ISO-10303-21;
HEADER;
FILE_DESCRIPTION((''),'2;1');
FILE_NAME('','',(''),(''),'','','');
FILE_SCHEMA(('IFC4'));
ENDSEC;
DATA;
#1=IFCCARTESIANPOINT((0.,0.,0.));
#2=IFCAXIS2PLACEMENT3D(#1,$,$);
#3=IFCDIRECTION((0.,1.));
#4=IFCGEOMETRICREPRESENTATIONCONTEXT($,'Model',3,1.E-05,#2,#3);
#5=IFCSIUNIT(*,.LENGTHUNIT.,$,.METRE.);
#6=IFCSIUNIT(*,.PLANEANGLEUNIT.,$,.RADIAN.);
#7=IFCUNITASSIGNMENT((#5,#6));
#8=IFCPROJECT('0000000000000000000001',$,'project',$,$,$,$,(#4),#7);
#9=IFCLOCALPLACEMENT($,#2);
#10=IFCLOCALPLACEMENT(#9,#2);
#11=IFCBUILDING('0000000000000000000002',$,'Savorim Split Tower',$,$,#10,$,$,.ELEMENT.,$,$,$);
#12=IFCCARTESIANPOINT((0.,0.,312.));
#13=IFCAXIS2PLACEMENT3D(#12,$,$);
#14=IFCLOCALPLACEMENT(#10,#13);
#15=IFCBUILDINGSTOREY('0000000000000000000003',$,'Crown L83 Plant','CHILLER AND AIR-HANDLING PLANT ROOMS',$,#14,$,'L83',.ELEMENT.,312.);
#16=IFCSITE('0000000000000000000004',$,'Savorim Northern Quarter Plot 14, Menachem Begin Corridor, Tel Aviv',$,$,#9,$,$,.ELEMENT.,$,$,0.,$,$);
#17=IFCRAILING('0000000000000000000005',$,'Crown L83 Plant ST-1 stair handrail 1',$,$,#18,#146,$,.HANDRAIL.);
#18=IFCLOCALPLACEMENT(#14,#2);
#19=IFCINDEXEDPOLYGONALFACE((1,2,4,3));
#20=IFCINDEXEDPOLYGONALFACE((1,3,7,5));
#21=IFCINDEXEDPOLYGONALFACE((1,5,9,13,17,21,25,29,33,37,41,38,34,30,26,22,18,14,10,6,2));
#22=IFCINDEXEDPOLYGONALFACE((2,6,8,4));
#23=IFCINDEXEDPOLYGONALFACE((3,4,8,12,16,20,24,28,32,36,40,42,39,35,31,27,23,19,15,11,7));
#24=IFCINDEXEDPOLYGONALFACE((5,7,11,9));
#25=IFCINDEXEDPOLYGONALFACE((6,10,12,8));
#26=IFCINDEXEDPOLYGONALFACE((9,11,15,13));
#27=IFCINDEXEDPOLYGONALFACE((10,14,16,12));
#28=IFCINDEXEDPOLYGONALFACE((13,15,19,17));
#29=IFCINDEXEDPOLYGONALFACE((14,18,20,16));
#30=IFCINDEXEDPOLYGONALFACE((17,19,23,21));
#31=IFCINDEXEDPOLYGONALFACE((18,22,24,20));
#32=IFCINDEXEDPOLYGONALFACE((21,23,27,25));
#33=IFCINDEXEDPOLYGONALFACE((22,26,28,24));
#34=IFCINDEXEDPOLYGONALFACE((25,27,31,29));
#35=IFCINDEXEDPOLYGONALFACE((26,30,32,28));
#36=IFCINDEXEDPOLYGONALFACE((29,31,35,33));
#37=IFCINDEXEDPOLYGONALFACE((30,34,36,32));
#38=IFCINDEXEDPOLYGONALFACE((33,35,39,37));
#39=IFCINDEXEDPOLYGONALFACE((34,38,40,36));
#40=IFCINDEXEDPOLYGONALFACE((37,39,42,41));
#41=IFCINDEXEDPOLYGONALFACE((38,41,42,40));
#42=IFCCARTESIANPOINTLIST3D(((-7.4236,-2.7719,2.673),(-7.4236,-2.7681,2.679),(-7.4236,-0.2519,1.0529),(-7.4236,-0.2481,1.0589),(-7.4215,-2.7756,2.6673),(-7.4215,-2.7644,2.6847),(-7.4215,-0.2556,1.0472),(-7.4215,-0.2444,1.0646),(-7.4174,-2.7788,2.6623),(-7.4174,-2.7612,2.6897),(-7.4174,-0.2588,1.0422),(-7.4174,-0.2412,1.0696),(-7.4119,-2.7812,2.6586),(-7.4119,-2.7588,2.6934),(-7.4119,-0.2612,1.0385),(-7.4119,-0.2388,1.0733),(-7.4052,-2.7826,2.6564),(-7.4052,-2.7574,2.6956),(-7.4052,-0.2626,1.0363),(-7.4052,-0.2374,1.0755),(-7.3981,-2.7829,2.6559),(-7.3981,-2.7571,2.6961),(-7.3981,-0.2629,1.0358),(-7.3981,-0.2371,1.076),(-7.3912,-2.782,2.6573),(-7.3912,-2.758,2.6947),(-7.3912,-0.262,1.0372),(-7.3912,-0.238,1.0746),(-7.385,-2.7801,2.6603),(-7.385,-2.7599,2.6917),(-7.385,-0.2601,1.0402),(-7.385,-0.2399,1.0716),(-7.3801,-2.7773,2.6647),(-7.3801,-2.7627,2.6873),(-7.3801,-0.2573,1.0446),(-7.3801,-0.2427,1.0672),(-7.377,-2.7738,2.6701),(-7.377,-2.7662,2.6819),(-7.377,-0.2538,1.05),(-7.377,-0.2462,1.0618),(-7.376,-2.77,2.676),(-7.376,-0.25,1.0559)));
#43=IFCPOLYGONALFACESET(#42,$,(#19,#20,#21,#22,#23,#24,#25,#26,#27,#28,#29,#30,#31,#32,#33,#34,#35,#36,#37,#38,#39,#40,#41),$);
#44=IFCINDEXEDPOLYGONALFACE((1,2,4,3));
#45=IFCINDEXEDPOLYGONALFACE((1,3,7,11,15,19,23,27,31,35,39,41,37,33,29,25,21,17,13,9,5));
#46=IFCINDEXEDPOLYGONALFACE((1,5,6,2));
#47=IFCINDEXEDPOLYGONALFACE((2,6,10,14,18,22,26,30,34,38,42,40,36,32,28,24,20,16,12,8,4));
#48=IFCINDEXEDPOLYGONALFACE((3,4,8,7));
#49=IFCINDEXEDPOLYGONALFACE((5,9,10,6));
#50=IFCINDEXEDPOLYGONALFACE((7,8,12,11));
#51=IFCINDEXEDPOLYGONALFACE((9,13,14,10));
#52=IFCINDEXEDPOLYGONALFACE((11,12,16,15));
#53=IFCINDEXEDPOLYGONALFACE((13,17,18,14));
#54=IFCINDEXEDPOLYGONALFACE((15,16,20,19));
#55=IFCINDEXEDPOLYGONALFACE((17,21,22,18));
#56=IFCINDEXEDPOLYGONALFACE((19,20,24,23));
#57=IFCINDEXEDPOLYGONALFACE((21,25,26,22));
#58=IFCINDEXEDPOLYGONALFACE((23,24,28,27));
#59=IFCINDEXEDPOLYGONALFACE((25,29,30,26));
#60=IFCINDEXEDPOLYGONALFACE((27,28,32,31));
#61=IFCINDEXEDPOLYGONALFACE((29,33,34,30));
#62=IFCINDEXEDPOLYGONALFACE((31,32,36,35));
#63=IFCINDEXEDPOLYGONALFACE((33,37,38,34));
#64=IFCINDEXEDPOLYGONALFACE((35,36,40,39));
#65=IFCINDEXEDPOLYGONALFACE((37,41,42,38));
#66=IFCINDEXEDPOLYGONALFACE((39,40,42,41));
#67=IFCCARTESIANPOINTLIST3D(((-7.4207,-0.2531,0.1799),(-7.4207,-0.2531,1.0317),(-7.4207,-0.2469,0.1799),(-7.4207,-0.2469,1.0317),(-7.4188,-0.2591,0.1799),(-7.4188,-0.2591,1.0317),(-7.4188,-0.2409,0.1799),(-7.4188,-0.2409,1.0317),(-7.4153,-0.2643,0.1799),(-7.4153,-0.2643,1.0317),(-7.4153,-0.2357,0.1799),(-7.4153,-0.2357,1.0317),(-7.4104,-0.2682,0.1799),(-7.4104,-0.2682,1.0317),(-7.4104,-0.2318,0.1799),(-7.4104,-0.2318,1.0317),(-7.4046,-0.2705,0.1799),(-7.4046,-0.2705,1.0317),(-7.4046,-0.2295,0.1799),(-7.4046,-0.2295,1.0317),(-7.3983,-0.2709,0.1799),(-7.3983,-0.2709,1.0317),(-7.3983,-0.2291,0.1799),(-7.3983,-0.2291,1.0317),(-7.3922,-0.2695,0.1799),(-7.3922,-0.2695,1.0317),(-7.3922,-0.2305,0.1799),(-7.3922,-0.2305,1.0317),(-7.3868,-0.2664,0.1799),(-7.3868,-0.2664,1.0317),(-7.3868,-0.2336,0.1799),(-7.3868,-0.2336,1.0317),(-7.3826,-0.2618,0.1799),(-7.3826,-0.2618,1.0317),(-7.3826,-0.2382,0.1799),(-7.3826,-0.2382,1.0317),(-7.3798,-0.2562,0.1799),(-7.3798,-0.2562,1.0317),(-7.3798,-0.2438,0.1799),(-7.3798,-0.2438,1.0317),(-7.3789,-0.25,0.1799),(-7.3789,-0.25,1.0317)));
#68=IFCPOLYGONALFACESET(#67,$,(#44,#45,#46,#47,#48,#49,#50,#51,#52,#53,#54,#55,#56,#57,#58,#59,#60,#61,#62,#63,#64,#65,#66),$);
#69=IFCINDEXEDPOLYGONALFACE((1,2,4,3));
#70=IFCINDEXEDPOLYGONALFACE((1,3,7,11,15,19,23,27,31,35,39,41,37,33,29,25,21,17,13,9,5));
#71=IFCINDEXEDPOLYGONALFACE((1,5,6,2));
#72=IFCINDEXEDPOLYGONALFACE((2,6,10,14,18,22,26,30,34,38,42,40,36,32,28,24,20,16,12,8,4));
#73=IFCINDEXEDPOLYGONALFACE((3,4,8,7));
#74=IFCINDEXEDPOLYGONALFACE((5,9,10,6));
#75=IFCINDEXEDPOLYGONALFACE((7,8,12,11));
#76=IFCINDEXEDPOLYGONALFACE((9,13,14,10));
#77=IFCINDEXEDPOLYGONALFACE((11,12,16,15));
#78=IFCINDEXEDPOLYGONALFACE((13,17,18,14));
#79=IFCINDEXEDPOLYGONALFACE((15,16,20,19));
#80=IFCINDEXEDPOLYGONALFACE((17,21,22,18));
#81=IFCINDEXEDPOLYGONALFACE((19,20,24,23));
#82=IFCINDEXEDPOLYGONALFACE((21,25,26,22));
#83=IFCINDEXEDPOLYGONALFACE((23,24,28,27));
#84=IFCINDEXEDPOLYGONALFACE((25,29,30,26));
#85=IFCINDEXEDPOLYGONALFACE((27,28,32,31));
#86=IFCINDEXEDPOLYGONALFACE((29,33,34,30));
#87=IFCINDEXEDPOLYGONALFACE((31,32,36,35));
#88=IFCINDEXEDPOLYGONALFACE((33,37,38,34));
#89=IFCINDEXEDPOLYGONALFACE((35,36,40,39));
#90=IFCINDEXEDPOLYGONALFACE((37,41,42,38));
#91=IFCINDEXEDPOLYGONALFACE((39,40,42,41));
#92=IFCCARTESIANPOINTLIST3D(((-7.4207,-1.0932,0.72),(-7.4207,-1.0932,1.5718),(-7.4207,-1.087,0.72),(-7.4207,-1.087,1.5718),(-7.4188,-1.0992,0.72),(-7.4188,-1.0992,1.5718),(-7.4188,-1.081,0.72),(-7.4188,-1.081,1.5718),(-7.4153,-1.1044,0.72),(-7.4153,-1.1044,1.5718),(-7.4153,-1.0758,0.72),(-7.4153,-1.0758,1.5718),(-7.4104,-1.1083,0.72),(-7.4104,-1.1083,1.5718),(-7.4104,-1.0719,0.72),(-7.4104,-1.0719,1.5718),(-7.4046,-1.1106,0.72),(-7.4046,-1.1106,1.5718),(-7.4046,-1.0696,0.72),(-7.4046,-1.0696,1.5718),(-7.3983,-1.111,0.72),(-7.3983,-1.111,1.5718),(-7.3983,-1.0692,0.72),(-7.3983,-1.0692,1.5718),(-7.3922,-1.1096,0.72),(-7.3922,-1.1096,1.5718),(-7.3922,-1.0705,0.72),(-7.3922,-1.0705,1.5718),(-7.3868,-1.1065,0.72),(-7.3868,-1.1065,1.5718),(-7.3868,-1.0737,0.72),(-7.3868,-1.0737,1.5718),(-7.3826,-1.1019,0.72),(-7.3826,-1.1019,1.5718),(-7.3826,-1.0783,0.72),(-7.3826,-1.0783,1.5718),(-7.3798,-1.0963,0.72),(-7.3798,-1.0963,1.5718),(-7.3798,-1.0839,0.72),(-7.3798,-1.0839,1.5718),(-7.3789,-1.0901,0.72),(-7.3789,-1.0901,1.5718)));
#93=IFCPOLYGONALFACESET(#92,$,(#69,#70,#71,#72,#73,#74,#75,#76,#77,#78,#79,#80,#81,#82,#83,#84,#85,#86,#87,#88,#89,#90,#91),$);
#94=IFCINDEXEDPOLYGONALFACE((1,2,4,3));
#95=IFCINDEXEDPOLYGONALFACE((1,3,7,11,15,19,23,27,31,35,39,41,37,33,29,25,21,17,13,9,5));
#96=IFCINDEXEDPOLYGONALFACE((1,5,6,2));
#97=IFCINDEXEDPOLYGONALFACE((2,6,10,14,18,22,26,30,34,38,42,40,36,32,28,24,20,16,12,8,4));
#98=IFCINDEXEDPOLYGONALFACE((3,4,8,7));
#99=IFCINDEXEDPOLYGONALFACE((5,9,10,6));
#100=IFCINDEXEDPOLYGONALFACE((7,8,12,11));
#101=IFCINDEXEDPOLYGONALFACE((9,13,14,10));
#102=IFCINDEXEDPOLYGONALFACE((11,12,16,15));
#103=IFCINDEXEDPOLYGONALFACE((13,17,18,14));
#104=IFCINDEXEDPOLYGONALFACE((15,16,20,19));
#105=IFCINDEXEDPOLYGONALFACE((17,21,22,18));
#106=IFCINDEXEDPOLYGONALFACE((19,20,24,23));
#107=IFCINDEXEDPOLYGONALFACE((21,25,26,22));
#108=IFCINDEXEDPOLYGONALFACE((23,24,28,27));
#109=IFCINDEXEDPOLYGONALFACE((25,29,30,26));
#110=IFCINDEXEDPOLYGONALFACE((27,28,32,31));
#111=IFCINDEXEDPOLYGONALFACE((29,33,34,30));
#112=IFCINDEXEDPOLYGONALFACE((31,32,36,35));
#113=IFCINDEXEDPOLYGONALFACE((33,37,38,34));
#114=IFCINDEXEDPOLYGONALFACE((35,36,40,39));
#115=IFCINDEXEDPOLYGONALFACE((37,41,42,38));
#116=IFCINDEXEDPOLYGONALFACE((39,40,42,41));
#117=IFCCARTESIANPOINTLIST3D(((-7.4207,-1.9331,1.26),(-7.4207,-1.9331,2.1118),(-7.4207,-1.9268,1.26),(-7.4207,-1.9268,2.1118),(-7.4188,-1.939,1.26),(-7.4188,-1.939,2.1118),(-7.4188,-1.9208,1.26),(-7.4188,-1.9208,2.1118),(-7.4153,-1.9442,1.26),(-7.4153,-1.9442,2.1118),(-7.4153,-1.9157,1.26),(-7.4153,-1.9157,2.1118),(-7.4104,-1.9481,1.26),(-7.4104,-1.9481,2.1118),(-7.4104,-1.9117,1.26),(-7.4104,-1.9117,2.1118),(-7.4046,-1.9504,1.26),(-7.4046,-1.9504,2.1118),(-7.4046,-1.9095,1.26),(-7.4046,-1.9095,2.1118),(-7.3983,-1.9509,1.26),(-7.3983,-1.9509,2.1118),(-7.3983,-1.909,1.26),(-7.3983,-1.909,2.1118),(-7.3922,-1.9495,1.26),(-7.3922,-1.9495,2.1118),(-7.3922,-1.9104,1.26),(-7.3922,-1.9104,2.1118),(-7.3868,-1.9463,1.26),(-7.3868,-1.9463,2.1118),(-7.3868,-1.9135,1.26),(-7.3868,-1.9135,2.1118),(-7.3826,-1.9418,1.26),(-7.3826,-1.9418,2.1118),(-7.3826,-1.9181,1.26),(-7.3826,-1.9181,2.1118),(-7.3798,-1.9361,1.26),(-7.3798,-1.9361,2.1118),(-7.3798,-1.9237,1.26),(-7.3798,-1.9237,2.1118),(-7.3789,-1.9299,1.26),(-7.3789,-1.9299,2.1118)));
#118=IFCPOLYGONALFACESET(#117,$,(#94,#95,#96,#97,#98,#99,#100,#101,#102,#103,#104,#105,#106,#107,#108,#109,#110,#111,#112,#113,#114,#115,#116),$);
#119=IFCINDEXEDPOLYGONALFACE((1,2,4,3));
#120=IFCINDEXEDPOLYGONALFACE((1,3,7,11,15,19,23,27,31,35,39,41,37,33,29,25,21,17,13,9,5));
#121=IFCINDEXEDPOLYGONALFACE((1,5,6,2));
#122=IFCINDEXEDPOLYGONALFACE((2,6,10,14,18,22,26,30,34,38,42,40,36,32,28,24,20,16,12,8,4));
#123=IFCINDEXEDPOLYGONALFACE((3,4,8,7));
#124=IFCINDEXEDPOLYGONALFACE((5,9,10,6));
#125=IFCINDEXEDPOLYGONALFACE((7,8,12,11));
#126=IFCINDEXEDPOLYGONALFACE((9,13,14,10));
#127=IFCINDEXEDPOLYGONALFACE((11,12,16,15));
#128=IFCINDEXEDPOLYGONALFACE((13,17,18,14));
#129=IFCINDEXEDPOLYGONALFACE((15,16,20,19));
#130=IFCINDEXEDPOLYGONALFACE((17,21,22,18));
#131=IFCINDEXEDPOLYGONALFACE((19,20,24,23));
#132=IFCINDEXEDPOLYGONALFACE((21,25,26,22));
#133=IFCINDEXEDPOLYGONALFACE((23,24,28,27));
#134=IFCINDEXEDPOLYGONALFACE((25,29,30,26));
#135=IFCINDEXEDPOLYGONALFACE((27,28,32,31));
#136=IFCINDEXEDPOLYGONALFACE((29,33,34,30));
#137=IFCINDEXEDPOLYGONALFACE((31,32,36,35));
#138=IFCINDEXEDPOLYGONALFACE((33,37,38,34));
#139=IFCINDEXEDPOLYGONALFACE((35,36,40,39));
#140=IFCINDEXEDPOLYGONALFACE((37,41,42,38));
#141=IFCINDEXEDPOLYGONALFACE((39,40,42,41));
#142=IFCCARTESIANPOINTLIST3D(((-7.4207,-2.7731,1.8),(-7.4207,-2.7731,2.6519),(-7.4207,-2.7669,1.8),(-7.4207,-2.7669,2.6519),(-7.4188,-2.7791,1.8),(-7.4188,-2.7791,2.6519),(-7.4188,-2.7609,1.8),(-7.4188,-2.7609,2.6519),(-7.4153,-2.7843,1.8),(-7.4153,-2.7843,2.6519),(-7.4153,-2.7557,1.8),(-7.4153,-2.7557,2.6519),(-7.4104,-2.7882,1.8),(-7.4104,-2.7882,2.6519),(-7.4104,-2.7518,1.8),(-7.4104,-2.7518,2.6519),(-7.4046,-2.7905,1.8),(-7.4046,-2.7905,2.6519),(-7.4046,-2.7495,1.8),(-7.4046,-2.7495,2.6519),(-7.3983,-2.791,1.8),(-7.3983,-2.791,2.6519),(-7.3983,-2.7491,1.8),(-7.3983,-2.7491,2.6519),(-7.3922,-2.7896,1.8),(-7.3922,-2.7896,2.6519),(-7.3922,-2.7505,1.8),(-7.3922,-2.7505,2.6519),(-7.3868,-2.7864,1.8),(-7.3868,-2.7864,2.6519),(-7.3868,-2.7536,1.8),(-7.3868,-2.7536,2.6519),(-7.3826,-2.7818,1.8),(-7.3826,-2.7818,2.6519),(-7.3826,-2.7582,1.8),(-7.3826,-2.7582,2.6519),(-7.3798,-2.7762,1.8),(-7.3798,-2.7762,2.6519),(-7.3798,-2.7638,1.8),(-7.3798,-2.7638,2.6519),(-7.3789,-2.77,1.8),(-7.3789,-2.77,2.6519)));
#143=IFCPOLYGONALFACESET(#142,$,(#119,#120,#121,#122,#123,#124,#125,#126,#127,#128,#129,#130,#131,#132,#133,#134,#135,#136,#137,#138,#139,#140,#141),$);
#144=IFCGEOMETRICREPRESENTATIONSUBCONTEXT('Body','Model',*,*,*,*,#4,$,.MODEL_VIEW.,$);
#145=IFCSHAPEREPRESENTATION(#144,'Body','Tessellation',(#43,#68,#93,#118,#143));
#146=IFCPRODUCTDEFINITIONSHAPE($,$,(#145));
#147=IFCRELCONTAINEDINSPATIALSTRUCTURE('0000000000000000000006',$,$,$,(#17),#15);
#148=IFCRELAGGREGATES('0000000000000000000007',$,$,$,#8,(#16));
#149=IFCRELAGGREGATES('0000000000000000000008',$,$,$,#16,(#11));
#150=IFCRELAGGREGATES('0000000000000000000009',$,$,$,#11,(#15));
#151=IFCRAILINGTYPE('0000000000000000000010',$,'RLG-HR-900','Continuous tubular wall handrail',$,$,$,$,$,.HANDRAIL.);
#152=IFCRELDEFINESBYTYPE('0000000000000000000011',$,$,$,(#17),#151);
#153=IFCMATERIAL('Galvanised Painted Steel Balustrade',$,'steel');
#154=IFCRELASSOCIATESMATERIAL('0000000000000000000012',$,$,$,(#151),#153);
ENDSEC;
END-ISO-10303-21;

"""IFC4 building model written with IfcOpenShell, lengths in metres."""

from ifc_helpers import new_model, si_unit, direction, frame, origin, origin_2d, place, context, subcontext, project, spatial, circle, extrude, material, type_object, element, save


model = new_model("IFC4")

# Units and contexts
model_context = context("Model", 3, precision=1e-05, world=origin(), true_north=direction((0.0, 1.0)))
body_context = subcontext(model_context, "Body", "Model", "MODEL_VIEW")
ifc_project = project(units=[si_unit("LENGTHUNIT", "METRE"), si_unit("PLANEANGLEUNIT", "RADIAN")], contexts=[model_context])

# Site, building, storey
site_placement = place(None, origin())
site = spatial("IfcSite", under=ifc_project, at=site_placement, Name="Savorim Northern Quarter Plot 14, Menachem Begin Corridor, Tel Aviv", CompositionType="ELEMENT", RefElevation=0.0)
building_placement = place(site_placement, origin())
building = spatial("IfcBuilding", under=site, at=building_placement, Name="Savorim Split Tower", CompositionType="ELEMENT")
storey_placement = place(building_placement, frame((0.0, 0.0, 312.0)))
storey = spatial("IfcBuildingStorey", under=building, at=storey_placement, Name="Crown L83 Plant", Description="CHILLER AND AIR-HANDLING PLANT ROOMS", LongName="L83", CompositionType="ELEMENT", Elevation=312.0)

# Railing
ifc_material_1 = material(Name="Galvanised Painted Steel Balustrade", Category="steel")
railing_type_1 = type_object("IfcRailingType", Name="RLG-HR-900", Description="Continuous tubular wall handrail", PredefinedType="HANDRAIL", material=ifc_material_1)
railing_1_placement = place(storey_placement, frame((-7.3999, -0.25, 0.1799)))
element("IfcRailing", 1, at=railing_1_placement, inside=storey, type_object=railing_type_1, Name="Crown L83 Plant ST-1 stair handrail 1", PredefinedType="HANDRAIL", context=body_context, shape_type="SweptSolid", body=[
    extrude(circle(Radius=0.0239, at=origin_2d()), frame((0.0, 0.0, 0.876), z_axis=(0.0, -0.841163, 0.540782), x_axis=(1.0, 0.0, 0.0)), (0.0, 0.0, 1.0), 2.9958),
    extrude(circle(Radius=0.021, at=origin_2d()), origin(), (0.0, 0.0, 1.0), 0.8518),
    extrude(circle(Radius=0.021, at=origin_2d()), frame((0.0, -0.8401, 0.54)), (0.0, 0.0, 1.0), 0.8518),
    extrude(circle(Radius=0.021, at=origin_2d()), frame((0.0, -1.6799, 1.0801)), (0.0, 0.0, 1.0), 0.8518),
    extrude(circle(Radius=0.021, at=origin_2d()), frame((0.0, -2.52, 1.6201)), (0.0, 0.0, 1.0), 0.8518),
])

save(model, "model.ifc")
